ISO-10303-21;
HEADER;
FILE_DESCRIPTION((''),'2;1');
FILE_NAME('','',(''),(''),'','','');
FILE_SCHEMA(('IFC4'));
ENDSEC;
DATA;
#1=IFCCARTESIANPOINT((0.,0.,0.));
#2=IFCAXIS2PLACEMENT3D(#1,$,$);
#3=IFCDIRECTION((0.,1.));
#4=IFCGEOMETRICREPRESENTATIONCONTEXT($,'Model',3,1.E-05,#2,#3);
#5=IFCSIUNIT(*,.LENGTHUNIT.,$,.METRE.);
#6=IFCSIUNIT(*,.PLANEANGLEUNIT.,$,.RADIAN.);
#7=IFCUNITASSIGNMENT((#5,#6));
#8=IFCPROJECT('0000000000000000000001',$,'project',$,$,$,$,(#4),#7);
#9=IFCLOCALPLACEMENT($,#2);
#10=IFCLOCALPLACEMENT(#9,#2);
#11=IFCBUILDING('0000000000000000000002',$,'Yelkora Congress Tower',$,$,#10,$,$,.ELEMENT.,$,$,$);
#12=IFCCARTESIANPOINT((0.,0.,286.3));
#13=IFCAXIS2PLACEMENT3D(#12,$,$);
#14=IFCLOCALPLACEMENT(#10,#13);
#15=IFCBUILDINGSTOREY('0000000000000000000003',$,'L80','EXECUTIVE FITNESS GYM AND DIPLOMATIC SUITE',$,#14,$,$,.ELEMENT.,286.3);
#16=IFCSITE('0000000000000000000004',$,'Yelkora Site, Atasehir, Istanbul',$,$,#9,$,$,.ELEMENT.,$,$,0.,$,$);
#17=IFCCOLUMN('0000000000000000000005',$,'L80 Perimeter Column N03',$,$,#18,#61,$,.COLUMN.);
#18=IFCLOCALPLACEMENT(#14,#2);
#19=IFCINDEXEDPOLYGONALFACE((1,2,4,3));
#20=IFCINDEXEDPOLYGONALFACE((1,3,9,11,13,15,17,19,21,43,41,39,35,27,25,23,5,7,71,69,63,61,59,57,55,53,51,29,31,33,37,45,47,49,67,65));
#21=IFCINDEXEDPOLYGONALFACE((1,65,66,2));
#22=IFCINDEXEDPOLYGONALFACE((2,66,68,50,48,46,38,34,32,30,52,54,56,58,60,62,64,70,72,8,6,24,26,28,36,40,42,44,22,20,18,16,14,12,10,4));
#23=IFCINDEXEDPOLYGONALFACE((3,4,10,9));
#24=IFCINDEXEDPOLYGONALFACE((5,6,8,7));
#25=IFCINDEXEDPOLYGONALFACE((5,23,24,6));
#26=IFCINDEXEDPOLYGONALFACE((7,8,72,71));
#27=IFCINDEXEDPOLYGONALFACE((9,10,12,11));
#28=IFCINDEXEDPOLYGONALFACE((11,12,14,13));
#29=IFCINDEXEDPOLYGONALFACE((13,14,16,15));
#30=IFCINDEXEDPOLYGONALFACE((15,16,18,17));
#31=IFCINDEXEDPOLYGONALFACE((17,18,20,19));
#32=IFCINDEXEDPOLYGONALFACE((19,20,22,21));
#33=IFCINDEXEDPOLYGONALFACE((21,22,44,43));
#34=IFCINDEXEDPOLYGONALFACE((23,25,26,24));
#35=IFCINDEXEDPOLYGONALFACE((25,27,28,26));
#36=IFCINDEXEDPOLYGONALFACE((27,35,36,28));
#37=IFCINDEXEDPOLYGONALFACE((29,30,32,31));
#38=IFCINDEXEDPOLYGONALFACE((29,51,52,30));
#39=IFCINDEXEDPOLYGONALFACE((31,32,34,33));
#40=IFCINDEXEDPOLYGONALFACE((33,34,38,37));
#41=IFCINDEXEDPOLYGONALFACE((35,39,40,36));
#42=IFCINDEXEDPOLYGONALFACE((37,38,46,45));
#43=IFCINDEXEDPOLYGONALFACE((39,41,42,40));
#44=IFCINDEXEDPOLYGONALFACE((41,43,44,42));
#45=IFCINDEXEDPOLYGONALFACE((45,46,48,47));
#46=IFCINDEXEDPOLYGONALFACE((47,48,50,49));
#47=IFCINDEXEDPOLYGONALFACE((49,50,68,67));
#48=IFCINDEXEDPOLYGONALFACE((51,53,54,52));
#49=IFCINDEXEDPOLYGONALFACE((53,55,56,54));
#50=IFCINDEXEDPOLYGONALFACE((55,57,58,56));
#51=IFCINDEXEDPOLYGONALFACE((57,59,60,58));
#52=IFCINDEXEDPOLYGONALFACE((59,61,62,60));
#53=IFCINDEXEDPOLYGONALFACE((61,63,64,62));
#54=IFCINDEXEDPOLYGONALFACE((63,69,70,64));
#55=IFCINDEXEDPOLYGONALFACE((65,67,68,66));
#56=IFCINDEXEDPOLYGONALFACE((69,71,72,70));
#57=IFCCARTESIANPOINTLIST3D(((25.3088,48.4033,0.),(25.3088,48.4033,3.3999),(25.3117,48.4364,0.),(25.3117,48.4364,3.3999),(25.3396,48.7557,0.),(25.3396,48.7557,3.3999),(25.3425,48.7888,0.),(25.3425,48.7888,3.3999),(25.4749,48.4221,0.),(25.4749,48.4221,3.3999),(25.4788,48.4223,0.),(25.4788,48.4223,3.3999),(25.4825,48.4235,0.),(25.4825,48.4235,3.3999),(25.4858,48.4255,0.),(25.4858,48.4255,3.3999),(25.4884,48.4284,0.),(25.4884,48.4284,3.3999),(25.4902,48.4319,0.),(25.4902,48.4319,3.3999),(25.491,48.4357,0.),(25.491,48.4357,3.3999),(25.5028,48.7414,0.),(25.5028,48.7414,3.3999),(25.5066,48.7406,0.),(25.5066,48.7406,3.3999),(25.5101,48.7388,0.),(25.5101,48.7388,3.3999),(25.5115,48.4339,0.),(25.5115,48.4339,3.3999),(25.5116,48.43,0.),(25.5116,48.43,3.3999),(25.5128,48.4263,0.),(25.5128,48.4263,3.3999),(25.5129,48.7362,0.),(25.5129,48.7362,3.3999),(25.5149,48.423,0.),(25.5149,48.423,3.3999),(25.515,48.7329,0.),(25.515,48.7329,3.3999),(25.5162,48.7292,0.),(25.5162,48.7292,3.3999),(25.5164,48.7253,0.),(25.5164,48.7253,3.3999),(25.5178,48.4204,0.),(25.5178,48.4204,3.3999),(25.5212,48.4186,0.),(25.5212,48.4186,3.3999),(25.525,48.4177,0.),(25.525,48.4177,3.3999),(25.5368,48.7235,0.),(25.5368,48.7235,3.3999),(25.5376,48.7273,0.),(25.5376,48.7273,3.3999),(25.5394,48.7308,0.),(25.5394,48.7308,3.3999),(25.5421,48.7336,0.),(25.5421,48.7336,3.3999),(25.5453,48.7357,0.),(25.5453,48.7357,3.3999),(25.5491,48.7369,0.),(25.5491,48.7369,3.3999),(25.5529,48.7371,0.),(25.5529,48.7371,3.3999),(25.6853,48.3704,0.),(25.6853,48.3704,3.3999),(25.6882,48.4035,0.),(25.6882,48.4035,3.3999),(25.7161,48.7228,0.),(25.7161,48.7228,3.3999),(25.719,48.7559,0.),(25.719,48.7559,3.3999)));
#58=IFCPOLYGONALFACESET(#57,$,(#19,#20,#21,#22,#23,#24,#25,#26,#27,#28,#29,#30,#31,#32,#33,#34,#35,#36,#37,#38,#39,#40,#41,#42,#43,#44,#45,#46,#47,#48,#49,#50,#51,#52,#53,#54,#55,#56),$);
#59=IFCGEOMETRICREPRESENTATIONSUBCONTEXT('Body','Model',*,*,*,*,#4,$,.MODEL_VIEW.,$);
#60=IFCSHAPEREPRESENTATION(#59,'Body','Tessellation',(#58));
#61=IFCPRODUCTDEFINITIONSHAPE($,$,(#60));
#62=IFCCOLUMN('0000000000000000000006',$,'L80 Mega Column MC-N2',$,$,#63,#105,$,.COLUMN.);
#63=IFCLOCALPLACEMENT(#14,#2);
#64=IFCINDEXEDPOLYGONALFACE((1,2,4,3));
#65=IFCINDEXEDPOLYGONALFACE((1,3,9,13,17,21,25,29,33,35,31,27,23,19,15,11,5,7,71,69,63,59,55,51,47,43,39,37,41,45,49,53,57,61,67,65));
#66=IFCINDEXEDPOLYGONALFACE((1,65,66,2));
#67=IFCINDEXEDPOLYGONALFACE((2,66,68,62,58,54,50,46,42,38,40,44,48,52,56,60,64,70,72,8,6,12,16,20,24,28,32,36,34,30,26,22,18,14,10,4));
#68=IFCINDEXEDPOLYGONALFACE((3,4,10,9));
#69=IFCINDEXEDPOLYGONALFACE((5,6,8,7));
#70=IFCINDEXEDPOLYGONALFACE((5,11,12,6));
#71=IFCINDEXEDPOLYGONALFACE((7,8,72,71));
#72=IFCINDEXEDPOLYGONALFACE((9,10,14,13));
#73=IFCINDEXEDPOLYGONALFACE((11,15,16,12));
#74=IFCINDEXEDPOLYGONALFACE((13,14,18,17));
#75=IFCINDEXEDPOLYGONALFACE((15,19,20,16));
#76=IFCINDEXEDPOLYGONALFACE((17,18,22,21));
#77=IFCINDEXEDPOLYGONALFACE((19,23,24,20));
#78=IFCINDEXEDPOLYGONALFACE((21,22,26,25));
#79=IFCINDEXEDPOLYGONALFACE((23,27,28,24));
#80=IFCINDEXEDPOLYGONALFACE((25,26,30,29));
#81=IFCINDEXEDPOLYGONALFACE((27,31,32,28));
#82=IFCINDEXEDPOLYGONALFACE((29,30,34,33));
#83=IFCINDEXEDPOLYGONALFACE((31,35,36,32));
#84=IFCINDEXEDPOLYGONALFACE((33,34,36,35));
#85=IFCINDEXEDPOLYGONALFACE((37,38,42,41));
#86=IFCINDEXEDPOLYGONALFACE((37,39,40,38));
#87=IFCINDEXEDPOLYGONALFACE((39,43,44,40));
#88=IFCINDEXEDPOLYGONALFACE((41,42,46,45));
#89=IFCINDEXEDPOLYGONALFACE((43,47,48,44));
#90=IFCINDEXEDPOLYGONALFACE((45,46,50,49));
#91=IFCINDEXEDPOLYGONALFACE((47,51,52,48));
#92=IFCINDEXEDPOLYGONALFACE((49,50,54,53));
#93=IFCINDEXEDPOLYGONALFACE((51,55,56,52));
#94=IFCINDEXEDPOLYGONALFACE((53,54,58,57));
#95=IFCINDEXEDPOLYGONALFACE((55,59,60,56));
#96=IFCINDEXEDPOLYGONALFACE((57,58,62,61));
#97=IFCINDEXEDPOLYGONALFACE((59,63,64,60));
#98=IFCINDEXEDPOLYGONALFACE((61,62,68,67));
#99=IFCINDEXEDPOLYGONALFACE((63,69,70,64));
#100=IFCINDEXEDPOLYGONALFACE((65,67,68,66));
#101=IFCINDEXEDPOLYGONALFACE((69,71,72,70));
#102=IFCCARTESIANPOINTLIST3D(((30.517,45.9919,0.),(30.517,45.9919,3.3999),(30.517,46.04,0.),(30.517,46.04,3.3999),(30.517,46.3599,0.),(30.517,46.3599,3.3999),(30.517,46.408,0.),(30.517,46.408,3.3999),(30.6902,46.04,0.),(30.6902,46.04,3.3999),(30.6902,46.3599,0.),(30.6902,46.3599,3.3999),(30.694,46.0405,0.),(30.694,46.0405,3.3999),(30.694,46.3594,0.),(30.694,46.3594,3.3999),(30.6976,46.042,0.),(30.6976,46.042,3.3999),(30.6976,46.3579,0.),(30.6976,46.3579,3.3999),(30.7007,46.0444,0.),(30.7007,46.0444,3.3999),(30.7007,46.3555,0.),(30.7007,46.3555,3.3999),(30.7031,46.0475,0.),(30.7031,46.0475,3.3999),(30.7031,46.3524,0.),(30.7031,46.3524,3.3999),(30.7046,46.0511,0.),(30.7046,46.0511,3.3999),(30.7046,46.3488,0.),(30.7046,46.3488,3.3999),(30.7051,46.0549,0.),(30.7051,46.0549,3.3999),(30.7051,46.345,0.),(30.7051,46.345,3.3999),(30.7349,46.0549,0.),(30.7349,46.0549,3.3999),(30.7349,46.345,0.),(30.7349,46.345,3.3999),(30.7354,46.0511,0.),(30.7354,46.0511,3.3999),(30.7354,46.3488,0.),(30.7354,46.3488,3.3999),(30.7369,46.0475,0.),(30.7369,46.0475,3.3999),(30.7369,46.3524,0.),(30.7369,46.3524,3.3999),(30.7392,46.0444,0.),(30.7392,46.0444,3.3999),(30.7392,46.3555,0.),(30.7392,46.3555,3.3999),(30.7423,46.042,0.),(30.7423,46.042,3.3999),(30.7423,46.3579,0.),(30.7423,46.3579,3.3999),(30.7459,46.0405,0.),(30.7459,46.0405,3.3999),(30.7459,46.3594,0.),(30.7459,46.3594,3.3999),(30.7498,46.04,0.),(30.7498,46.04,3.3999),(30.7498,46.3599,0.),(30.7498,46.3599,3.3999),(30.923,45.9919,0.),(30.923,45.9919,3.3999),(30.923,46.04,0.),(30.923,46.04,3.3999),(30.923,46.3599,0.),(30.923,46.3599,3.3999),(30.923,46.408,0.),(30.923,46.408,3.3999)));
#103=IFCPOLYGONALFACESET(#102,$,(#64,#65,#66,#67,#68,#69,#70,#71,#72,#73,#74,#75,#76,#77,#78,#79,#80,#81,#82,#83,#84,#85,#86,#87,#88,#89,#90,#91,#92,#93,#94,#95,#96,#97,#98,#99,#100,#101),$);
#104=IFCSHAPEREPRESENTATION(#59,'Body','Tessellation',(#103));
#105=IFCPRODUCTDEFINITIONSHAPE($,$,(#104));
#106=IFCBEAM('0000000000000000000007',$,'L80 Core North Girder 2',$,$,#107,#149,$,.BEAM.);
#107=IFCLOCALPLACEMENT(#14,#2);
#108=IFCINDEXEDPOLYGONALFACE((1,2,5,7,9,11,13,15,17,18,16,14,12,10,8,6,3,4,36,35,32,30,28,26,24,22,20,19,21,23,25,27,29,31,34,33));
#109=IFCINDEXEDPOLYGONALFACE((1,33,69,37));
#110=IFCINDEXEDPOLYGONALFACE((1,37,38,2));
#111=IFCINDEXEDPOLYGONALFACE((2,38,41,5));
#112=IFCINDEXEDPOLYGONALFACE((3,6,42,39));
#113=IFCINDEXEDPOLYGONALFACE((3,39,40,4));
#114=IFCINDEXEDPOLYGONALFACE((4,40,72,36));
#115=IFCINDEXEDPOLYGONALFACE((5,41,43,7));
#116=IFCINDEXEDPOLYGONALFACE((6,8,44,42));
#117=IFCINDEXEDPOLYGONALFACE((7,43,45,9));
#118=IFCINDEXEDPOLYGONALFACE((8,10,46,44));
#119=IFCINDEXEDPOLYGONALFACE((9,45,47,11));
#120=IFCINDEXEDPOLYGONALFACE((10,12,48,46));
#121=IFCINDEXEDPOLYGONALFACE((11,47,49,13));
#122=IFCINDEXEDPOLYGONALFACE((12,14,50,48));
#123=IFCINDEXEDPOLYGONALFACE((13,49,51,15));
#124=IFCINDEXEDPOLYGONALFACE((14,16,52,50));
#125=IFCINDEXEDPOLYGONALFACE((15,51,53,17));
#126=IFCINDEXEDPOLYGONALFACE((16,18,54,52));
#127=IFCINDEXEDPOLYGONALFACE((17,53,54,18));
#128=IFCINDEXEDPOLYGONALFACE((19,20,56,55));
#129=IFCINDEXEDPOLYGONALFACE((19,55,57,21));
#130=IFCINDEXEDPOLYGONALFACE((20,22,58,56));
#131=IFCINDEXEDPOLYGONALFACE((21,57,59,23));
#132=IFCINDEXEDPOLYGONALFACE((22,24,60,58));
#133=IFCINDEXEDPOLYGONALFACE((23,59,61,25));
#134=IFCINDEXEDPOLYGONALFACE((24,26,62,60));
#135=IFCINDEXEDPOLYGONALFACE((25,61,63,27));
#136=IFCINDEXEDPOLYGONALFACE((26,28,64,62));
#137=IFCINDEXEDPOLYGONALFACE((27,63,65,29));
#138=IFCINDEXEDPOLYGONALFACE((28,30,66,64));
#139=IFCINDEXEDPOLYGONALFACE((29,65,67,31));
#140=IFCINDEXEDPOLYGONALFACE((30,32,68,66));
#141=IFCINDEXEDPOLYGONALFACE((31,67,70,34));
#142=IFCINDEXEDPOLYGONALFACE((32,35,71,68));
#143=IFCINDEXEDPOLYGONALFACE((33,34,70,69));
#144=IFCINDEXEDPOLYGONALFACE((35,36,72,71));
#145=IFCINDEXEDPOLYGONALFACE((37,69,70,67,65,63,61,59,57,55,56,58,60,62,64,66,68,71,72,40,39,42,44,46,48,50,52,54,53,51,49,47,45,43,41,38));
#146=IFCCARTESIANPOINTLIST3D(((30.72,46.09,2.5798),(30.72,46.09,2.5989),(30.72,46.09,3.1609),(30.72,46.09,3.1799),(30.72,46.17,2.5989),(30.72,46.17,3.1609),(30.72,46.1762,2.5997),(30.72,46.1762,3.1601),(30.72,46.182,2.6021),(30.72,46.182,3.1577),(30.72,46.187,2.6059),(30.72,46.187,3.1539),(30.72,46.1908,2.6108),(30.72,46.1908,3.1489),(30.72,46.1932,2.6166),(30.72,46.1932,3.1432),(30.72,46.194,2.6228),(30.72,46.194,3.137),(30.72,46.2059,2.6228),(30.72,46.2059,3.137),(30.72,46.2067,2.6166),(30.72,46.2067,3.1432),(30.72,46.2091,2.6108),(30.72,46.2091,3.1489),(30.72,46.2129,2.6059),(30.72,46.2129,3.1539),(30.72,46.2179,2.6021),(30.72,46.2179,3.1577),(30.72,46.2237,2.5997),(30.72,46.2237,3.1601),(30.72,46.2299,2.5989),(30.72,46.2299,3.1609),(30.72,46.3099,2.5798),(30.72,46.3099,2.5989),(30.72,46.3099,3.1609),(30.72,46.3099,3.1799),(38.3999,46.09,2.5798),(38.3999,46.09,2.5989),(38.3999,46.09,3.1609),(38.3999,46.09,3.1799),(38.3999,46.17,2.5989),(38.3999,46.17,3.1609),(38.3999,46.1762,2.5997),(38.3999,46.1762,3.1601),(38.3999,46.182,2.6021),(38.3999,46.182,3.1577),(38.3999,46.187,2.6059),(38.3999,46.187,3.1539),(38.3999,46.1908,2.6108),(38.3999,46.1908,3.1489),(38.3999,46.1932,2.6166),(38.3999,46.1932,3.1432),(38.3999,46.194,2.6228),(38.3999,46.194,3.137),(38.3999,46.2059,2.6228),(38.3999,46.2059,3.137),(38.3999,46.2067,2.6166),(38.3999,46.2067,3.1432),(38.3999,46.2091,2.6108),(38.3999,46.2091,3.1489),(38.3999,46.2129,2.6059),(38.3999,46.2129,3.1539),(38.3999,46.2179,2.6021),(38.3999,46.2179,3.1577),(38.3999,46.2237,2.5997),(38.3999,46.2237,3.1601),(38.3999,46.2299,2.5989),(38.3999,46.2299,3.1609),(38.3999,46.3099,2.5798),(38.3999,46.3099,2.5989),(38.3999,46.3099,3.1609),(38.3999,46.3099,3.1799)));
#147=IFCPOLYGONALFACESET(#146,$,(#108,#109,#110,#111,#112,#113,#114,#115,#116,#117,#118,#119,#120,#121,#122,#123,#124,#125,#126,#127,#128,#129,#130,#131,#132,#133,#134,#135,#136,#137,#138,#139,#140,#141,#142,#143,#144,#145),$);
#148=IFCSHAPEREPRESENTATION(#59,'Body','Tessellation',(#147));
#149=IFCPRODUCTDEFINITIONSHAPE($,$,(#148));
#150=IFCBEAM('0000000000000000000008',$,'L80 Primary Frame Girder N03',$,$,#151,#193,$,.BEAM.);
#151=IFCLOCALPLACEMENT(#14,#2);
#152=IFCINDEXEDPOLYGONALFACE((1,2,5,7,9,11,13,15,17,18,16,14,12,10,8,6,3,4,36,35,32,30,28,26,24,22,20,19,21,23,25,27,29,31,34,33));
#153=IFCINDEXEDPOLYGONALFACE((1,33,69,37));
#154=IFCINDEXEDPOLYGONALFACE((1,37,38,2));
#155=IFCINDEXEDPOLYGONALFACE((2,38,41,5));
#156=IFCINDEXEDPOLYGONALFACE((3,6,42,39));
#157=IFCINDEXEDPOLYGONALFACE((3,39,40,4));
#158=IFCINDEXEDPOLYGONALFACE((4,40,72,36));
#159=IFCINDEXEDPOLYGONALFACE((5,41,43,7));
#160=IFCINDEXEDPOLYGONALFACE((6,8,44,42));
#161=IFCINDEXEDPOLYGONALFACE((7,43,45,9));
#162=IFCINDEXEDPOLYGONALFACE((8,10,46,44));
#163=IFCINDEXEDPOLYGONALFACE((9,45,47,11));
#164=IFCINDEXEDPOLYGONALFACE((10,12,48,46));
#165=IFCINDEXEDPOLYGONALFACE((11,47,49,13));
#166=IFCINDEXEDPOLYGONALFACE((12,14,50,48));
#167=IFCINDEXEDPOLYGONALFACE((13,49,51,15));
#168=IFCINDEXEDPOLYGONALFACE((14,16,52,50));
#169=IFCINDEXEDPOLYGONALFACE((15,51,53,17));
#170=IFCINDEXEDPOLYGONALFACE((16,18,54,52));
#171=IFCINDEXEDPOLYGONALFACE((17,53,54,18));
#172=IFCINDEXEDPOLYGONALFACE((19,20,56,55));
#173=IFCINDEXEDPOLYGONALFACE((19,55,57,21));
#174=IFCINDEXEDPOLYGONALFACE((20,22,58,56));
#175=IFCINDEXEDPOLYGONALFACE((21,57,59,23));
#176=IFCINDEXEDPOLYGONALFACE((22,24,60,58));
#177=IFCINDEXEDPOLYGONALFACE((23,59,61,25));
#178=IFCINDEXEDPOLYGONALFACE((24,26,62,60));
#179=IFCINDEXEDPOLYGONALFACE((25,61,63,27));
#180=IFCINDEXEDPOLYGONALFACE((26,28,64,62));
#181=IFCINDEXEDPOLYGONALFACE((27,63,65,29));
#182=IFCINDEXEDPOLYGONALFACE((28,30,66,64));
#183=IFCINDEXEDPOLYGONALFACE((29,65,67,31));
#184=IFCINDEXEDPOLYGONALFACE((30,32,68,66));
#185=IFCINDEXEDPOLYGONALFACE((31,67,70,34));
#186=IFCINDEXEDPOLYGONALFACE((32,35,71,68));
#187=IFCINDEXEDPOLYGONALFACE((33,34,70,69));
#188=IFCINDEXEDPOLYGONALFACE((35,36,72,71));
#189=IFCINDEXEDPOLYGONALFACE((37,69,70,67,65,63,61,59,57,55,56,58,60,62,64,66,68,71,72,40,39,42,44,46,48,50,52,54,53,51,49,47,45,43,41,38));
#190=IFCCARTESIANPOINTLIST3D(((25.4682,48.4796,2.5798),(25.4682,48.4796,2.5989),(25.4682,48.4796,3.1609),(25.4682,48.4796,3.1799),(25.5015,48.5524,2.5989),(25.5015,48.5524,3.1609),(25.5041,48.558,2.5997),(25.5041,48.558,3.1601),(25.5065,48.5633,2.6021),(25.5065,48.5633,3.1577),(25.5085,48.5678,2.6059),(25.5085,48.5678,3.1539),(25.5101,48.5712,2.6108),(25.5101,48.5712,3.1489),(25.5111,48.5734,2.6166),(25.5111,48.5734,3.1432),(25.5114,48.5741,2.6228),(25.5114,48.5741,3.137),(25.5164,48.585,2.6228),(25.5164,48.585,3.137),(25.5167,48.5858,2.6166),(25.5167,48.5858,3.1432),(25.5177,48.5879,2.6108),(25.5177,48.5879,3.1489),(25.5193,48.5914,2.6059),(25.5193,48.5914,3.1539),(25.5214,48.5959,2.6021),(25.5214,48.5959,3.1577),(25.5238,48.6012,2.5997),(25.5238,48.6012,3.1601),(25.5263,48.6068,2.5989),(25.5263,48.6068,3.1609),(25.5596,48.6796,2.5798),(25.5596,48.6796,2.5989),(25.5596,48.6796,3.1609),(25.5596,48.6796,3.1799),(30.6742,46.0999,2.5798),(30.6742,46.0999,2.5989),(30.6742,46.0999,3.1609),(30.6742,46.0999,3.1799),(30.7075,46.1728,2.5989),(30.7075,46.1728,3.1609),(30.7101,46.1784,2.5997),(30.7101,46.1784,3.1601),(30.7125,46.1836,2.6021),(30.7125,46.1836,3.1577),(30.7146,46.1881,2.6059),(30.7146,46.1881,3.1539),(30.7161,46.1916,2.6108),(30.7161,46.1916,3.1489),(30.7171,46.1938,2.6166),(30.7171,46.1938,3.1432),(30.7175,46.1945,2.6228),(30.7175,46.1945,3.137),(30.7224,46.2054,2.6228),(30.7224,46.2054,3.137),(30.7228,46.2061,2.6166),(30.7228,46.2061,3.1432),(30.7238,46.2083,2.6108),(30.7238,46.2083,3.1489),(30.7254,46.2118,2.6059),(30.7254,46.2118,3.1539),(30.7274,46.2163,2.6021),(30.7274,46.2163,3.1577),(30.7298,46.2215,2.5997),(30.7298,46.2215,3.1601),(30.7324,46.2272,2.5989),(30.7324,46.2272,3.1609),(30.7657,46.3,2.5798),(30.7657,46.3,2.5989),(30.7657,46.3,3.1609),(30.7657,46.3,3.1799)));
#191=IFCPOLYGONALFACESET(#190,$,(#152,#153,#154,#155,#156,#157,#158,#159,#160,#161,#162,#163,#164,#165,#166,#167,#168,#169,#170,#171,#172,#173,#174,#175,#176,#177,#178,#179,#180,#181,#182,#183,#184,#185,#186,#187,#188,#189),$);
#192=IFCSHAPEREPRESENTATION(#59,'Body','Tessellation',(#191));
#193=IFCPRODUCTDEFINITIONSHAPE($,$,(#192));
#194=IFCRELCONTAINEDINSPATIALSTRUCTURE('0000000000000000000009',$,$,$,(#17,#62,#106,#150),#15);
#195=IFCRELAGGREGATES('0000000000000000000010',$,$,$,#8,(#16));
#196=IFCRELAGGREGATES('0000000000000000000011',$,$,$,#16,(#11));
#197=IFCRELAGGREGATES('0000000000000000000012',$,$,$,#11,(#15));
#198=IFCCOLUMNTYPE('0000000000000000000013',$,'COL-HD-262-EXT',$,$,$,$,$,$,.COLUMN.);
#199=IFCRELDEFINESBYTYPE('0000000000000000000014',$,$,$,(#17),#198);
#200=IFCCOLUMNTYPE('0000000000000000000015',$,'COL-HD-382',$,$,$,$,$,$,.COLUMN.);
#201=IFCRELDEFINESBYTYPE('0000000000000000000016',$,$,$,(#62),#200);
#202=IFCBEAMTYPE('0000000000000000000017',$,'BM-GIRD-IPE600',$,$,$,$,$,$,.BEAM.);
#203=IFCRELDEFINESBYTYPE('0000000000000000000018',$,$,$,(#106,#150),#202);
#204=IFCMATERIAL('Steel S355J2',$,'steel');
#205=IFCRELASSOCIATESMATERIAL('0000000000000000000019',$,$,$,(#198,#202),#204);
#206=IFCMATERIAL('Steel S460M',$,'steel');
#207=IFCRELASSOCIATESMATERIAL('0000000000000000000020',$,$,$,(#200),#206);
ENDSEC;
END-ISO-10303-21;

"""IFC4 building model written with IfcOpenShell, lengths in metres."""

from ifc_helpers import new_model, si_unit, direction, frame, origin, origin_2d, place, context, subcontext, project, spatial, i_section, extrude, material, material_profile, profile_set, type_object, element, save


model = new_model("IFC4")

# Units and contexts
model_context = context("Model", 3, precision=1e-05, world=origin(), true_north=direction((0.0, 1.0)))
body_context = subcontext(model_context, "Body", "Model", "MODEL_VIEW")
ifc_project = project(units=[si_unit("LENGTHUNIT", "METRE"), si_unit("PLANEANGLEUNIT", "RADIAN")], contexts=[model_context])

# Site, building, storey
site_placement = place(None, origin())
site = spatial("IfcSite", under=ifc_project, at=site_placement, Name="Yelkora Site, Atasehir, Istanbul", CompositionType="ELEMENT", RefElevation=0.0)
building_placement = place(site_placement, origin())
building = spatial("IfcBuilding", under=site, at=building_placement, Name="Yelkora Congress Tower", CompositionType="ELEMENT")
storey_placement = place(building_placement, frame((0.0, 0.0, 286.3)))
storey = spatial("IfcBuildingStorey", under=building, at=storey_placement, Name="L80", Description="EXECUTIVE FITNESS GYM AND DIPLOMATIC SUITE", CompositionType="ELEMENT", Elevation=286.3)

# Columns
ifc_material_1 = material(Name="Steel S355J2", Category="steel")
ifc_material_profile_1 = material_profile(ifc_material_1, i_section(OverallWidth=0.3779, OverallDepth=0.387, WebThickness=0.0205, FlangeThickness=0.0332, FilletRadius=0.0149, at=origin_2d()), Name="HD 360x262")
ifc_profile_set_1 = profile_set([ifc_material_profile_1], Name="Steel S355J2")
column_type_1 = type_object("IfcColumnType", Name="COL-HD-262-EXT", PredefinedType="COLUMN", material=ifc_profile_set_1)
column_1_placement = place(storey_placement, frame((25.5139, 48.5796, 0.0), z_axis=(0.0, 0.0, 1.0), x_axis=(0.996195, -0.087156, 0.0)))
element("IfcColumn", 1, at=column_1_placement, inside=storey, type_object=column_type_1, Name="L80 Perimeter Column N03", PredefinedType="COLUMN", context=body_context, shape_type="SweptSolid", body=[
    extrude(i_section(OverallWidth=0.3779, OverallDepth=0.387, WebThickness=0.0205, FlangeThickness=0.0332, FilletRadius=0.0149, at=origin_2d()), origin(), (0.0, 0.0, 1.0), 3.3999),
])
ifc_material_2 = material(Name="Steel S460M", Category="steel")
ifc_material_profile_2 = material_profile(ifc_material_2, i_section(OverallWidth=0.406, OverallDepth=0.416, WebThickness=0.0298, FlangeThickness=0.0481, FilletRadius=0.0149, at=origin_2d()), Name="HD 400x382")
ifc_profile_set_2 = profile_set([ifc_material_profile_2], Name="Steel S460M")
column_type_2 = type_object("IfcColumnType", Name="COL-HD-382", PredefinedType="COLUMN", material=ifc_profile_set_2)
column_2_placement = place(storey_placement, frame((30.72, 46.2, 0.0), z_axis=(0.0, 0.0, 1.0), x_axis=(1.0, 0.0, 0.0)))
element("IfcColumn", 2, at=column_2_placement, inside=storey, type_object=column_type_2, Name="L80 Mega Column MC-N2", PredefinedType="COLUMN", context=body_context, shape_type="SweptSolid", body=[
    extrude(i_section(OverallWidth=0.406, OverallDepth=0.416, WebThickness=0.0298, FlangeThickness=0.0481, FilletRadius=0.0149, at=origin_2d()), origin(), (0.0, 0.0, 1.0), 3.3999),
])

# Beams
ifc_material_profile_3 = material_profile(ifc_material_1, i_section(OverallWidth=0.22, OverallDepth=0.6001, WebThickness=0.012, FlangeThickness=0.019, FilletRadius=0.0239, at=origin_2d()), Name="IPE 600")
ifc_profile_set_3 = profile_set([ifc_material_profile_3], Name="Steel S355J2")
beam_type_1 = type_object("IfcBeamType", Name="BM-GIRD-IPE600", PredefinedType="BEAM", material=ifc_profile_set_3)
beam_1_placement = place(storey_placement, frame((30.72, 46.2, 2.8799), z_axis=(1.0, 0.0, 0.0), x_axis=(0.0, 1.0, 0.0)))
element("IfcBeam", 3, at=beam_1_placement, inside=storey, type_object=beam_type_1, Name="L80 Core North Girder 2", PredefinedType="BEAM", context=body_context, shape_type="SweptSolid", body=[
    extrude(i_section(OverallWidth=0.22, OverallDepth=0.6001, WebThickness=0.012, FlangeThickness=0.019, FilletRadius=0.0239, at=origin_2d()), origin(), (0.0, 0.0, 1.0), 7.6799),
])
beam_2_placement = place(storey_placement, frame((25.5139, 48.5796, 2.8799), z_axis=(0.909492, -0.41572, 0.0), x_axis=(0.41572, 0.909492, 0.0)))
element("IfcBeam", 4, at=beam_2_placement, inside=storey, type_object=beam_type_1, Name="L80 Primary Frame Girder N03", PredefinedType="BEAM", context=body_context, shape_type="SweptSolid", body=[
    extrude(i_section(OverallWidth=0.22, OverallDepth=0.6001, WebThickness=0.012, FlangeThickness=0.019, FilletRadius=0.0239, at=origin_2d()), origin(), (0.0, 0.0, 1.0), 5.7241),
])

save(model, "model.ifc")
